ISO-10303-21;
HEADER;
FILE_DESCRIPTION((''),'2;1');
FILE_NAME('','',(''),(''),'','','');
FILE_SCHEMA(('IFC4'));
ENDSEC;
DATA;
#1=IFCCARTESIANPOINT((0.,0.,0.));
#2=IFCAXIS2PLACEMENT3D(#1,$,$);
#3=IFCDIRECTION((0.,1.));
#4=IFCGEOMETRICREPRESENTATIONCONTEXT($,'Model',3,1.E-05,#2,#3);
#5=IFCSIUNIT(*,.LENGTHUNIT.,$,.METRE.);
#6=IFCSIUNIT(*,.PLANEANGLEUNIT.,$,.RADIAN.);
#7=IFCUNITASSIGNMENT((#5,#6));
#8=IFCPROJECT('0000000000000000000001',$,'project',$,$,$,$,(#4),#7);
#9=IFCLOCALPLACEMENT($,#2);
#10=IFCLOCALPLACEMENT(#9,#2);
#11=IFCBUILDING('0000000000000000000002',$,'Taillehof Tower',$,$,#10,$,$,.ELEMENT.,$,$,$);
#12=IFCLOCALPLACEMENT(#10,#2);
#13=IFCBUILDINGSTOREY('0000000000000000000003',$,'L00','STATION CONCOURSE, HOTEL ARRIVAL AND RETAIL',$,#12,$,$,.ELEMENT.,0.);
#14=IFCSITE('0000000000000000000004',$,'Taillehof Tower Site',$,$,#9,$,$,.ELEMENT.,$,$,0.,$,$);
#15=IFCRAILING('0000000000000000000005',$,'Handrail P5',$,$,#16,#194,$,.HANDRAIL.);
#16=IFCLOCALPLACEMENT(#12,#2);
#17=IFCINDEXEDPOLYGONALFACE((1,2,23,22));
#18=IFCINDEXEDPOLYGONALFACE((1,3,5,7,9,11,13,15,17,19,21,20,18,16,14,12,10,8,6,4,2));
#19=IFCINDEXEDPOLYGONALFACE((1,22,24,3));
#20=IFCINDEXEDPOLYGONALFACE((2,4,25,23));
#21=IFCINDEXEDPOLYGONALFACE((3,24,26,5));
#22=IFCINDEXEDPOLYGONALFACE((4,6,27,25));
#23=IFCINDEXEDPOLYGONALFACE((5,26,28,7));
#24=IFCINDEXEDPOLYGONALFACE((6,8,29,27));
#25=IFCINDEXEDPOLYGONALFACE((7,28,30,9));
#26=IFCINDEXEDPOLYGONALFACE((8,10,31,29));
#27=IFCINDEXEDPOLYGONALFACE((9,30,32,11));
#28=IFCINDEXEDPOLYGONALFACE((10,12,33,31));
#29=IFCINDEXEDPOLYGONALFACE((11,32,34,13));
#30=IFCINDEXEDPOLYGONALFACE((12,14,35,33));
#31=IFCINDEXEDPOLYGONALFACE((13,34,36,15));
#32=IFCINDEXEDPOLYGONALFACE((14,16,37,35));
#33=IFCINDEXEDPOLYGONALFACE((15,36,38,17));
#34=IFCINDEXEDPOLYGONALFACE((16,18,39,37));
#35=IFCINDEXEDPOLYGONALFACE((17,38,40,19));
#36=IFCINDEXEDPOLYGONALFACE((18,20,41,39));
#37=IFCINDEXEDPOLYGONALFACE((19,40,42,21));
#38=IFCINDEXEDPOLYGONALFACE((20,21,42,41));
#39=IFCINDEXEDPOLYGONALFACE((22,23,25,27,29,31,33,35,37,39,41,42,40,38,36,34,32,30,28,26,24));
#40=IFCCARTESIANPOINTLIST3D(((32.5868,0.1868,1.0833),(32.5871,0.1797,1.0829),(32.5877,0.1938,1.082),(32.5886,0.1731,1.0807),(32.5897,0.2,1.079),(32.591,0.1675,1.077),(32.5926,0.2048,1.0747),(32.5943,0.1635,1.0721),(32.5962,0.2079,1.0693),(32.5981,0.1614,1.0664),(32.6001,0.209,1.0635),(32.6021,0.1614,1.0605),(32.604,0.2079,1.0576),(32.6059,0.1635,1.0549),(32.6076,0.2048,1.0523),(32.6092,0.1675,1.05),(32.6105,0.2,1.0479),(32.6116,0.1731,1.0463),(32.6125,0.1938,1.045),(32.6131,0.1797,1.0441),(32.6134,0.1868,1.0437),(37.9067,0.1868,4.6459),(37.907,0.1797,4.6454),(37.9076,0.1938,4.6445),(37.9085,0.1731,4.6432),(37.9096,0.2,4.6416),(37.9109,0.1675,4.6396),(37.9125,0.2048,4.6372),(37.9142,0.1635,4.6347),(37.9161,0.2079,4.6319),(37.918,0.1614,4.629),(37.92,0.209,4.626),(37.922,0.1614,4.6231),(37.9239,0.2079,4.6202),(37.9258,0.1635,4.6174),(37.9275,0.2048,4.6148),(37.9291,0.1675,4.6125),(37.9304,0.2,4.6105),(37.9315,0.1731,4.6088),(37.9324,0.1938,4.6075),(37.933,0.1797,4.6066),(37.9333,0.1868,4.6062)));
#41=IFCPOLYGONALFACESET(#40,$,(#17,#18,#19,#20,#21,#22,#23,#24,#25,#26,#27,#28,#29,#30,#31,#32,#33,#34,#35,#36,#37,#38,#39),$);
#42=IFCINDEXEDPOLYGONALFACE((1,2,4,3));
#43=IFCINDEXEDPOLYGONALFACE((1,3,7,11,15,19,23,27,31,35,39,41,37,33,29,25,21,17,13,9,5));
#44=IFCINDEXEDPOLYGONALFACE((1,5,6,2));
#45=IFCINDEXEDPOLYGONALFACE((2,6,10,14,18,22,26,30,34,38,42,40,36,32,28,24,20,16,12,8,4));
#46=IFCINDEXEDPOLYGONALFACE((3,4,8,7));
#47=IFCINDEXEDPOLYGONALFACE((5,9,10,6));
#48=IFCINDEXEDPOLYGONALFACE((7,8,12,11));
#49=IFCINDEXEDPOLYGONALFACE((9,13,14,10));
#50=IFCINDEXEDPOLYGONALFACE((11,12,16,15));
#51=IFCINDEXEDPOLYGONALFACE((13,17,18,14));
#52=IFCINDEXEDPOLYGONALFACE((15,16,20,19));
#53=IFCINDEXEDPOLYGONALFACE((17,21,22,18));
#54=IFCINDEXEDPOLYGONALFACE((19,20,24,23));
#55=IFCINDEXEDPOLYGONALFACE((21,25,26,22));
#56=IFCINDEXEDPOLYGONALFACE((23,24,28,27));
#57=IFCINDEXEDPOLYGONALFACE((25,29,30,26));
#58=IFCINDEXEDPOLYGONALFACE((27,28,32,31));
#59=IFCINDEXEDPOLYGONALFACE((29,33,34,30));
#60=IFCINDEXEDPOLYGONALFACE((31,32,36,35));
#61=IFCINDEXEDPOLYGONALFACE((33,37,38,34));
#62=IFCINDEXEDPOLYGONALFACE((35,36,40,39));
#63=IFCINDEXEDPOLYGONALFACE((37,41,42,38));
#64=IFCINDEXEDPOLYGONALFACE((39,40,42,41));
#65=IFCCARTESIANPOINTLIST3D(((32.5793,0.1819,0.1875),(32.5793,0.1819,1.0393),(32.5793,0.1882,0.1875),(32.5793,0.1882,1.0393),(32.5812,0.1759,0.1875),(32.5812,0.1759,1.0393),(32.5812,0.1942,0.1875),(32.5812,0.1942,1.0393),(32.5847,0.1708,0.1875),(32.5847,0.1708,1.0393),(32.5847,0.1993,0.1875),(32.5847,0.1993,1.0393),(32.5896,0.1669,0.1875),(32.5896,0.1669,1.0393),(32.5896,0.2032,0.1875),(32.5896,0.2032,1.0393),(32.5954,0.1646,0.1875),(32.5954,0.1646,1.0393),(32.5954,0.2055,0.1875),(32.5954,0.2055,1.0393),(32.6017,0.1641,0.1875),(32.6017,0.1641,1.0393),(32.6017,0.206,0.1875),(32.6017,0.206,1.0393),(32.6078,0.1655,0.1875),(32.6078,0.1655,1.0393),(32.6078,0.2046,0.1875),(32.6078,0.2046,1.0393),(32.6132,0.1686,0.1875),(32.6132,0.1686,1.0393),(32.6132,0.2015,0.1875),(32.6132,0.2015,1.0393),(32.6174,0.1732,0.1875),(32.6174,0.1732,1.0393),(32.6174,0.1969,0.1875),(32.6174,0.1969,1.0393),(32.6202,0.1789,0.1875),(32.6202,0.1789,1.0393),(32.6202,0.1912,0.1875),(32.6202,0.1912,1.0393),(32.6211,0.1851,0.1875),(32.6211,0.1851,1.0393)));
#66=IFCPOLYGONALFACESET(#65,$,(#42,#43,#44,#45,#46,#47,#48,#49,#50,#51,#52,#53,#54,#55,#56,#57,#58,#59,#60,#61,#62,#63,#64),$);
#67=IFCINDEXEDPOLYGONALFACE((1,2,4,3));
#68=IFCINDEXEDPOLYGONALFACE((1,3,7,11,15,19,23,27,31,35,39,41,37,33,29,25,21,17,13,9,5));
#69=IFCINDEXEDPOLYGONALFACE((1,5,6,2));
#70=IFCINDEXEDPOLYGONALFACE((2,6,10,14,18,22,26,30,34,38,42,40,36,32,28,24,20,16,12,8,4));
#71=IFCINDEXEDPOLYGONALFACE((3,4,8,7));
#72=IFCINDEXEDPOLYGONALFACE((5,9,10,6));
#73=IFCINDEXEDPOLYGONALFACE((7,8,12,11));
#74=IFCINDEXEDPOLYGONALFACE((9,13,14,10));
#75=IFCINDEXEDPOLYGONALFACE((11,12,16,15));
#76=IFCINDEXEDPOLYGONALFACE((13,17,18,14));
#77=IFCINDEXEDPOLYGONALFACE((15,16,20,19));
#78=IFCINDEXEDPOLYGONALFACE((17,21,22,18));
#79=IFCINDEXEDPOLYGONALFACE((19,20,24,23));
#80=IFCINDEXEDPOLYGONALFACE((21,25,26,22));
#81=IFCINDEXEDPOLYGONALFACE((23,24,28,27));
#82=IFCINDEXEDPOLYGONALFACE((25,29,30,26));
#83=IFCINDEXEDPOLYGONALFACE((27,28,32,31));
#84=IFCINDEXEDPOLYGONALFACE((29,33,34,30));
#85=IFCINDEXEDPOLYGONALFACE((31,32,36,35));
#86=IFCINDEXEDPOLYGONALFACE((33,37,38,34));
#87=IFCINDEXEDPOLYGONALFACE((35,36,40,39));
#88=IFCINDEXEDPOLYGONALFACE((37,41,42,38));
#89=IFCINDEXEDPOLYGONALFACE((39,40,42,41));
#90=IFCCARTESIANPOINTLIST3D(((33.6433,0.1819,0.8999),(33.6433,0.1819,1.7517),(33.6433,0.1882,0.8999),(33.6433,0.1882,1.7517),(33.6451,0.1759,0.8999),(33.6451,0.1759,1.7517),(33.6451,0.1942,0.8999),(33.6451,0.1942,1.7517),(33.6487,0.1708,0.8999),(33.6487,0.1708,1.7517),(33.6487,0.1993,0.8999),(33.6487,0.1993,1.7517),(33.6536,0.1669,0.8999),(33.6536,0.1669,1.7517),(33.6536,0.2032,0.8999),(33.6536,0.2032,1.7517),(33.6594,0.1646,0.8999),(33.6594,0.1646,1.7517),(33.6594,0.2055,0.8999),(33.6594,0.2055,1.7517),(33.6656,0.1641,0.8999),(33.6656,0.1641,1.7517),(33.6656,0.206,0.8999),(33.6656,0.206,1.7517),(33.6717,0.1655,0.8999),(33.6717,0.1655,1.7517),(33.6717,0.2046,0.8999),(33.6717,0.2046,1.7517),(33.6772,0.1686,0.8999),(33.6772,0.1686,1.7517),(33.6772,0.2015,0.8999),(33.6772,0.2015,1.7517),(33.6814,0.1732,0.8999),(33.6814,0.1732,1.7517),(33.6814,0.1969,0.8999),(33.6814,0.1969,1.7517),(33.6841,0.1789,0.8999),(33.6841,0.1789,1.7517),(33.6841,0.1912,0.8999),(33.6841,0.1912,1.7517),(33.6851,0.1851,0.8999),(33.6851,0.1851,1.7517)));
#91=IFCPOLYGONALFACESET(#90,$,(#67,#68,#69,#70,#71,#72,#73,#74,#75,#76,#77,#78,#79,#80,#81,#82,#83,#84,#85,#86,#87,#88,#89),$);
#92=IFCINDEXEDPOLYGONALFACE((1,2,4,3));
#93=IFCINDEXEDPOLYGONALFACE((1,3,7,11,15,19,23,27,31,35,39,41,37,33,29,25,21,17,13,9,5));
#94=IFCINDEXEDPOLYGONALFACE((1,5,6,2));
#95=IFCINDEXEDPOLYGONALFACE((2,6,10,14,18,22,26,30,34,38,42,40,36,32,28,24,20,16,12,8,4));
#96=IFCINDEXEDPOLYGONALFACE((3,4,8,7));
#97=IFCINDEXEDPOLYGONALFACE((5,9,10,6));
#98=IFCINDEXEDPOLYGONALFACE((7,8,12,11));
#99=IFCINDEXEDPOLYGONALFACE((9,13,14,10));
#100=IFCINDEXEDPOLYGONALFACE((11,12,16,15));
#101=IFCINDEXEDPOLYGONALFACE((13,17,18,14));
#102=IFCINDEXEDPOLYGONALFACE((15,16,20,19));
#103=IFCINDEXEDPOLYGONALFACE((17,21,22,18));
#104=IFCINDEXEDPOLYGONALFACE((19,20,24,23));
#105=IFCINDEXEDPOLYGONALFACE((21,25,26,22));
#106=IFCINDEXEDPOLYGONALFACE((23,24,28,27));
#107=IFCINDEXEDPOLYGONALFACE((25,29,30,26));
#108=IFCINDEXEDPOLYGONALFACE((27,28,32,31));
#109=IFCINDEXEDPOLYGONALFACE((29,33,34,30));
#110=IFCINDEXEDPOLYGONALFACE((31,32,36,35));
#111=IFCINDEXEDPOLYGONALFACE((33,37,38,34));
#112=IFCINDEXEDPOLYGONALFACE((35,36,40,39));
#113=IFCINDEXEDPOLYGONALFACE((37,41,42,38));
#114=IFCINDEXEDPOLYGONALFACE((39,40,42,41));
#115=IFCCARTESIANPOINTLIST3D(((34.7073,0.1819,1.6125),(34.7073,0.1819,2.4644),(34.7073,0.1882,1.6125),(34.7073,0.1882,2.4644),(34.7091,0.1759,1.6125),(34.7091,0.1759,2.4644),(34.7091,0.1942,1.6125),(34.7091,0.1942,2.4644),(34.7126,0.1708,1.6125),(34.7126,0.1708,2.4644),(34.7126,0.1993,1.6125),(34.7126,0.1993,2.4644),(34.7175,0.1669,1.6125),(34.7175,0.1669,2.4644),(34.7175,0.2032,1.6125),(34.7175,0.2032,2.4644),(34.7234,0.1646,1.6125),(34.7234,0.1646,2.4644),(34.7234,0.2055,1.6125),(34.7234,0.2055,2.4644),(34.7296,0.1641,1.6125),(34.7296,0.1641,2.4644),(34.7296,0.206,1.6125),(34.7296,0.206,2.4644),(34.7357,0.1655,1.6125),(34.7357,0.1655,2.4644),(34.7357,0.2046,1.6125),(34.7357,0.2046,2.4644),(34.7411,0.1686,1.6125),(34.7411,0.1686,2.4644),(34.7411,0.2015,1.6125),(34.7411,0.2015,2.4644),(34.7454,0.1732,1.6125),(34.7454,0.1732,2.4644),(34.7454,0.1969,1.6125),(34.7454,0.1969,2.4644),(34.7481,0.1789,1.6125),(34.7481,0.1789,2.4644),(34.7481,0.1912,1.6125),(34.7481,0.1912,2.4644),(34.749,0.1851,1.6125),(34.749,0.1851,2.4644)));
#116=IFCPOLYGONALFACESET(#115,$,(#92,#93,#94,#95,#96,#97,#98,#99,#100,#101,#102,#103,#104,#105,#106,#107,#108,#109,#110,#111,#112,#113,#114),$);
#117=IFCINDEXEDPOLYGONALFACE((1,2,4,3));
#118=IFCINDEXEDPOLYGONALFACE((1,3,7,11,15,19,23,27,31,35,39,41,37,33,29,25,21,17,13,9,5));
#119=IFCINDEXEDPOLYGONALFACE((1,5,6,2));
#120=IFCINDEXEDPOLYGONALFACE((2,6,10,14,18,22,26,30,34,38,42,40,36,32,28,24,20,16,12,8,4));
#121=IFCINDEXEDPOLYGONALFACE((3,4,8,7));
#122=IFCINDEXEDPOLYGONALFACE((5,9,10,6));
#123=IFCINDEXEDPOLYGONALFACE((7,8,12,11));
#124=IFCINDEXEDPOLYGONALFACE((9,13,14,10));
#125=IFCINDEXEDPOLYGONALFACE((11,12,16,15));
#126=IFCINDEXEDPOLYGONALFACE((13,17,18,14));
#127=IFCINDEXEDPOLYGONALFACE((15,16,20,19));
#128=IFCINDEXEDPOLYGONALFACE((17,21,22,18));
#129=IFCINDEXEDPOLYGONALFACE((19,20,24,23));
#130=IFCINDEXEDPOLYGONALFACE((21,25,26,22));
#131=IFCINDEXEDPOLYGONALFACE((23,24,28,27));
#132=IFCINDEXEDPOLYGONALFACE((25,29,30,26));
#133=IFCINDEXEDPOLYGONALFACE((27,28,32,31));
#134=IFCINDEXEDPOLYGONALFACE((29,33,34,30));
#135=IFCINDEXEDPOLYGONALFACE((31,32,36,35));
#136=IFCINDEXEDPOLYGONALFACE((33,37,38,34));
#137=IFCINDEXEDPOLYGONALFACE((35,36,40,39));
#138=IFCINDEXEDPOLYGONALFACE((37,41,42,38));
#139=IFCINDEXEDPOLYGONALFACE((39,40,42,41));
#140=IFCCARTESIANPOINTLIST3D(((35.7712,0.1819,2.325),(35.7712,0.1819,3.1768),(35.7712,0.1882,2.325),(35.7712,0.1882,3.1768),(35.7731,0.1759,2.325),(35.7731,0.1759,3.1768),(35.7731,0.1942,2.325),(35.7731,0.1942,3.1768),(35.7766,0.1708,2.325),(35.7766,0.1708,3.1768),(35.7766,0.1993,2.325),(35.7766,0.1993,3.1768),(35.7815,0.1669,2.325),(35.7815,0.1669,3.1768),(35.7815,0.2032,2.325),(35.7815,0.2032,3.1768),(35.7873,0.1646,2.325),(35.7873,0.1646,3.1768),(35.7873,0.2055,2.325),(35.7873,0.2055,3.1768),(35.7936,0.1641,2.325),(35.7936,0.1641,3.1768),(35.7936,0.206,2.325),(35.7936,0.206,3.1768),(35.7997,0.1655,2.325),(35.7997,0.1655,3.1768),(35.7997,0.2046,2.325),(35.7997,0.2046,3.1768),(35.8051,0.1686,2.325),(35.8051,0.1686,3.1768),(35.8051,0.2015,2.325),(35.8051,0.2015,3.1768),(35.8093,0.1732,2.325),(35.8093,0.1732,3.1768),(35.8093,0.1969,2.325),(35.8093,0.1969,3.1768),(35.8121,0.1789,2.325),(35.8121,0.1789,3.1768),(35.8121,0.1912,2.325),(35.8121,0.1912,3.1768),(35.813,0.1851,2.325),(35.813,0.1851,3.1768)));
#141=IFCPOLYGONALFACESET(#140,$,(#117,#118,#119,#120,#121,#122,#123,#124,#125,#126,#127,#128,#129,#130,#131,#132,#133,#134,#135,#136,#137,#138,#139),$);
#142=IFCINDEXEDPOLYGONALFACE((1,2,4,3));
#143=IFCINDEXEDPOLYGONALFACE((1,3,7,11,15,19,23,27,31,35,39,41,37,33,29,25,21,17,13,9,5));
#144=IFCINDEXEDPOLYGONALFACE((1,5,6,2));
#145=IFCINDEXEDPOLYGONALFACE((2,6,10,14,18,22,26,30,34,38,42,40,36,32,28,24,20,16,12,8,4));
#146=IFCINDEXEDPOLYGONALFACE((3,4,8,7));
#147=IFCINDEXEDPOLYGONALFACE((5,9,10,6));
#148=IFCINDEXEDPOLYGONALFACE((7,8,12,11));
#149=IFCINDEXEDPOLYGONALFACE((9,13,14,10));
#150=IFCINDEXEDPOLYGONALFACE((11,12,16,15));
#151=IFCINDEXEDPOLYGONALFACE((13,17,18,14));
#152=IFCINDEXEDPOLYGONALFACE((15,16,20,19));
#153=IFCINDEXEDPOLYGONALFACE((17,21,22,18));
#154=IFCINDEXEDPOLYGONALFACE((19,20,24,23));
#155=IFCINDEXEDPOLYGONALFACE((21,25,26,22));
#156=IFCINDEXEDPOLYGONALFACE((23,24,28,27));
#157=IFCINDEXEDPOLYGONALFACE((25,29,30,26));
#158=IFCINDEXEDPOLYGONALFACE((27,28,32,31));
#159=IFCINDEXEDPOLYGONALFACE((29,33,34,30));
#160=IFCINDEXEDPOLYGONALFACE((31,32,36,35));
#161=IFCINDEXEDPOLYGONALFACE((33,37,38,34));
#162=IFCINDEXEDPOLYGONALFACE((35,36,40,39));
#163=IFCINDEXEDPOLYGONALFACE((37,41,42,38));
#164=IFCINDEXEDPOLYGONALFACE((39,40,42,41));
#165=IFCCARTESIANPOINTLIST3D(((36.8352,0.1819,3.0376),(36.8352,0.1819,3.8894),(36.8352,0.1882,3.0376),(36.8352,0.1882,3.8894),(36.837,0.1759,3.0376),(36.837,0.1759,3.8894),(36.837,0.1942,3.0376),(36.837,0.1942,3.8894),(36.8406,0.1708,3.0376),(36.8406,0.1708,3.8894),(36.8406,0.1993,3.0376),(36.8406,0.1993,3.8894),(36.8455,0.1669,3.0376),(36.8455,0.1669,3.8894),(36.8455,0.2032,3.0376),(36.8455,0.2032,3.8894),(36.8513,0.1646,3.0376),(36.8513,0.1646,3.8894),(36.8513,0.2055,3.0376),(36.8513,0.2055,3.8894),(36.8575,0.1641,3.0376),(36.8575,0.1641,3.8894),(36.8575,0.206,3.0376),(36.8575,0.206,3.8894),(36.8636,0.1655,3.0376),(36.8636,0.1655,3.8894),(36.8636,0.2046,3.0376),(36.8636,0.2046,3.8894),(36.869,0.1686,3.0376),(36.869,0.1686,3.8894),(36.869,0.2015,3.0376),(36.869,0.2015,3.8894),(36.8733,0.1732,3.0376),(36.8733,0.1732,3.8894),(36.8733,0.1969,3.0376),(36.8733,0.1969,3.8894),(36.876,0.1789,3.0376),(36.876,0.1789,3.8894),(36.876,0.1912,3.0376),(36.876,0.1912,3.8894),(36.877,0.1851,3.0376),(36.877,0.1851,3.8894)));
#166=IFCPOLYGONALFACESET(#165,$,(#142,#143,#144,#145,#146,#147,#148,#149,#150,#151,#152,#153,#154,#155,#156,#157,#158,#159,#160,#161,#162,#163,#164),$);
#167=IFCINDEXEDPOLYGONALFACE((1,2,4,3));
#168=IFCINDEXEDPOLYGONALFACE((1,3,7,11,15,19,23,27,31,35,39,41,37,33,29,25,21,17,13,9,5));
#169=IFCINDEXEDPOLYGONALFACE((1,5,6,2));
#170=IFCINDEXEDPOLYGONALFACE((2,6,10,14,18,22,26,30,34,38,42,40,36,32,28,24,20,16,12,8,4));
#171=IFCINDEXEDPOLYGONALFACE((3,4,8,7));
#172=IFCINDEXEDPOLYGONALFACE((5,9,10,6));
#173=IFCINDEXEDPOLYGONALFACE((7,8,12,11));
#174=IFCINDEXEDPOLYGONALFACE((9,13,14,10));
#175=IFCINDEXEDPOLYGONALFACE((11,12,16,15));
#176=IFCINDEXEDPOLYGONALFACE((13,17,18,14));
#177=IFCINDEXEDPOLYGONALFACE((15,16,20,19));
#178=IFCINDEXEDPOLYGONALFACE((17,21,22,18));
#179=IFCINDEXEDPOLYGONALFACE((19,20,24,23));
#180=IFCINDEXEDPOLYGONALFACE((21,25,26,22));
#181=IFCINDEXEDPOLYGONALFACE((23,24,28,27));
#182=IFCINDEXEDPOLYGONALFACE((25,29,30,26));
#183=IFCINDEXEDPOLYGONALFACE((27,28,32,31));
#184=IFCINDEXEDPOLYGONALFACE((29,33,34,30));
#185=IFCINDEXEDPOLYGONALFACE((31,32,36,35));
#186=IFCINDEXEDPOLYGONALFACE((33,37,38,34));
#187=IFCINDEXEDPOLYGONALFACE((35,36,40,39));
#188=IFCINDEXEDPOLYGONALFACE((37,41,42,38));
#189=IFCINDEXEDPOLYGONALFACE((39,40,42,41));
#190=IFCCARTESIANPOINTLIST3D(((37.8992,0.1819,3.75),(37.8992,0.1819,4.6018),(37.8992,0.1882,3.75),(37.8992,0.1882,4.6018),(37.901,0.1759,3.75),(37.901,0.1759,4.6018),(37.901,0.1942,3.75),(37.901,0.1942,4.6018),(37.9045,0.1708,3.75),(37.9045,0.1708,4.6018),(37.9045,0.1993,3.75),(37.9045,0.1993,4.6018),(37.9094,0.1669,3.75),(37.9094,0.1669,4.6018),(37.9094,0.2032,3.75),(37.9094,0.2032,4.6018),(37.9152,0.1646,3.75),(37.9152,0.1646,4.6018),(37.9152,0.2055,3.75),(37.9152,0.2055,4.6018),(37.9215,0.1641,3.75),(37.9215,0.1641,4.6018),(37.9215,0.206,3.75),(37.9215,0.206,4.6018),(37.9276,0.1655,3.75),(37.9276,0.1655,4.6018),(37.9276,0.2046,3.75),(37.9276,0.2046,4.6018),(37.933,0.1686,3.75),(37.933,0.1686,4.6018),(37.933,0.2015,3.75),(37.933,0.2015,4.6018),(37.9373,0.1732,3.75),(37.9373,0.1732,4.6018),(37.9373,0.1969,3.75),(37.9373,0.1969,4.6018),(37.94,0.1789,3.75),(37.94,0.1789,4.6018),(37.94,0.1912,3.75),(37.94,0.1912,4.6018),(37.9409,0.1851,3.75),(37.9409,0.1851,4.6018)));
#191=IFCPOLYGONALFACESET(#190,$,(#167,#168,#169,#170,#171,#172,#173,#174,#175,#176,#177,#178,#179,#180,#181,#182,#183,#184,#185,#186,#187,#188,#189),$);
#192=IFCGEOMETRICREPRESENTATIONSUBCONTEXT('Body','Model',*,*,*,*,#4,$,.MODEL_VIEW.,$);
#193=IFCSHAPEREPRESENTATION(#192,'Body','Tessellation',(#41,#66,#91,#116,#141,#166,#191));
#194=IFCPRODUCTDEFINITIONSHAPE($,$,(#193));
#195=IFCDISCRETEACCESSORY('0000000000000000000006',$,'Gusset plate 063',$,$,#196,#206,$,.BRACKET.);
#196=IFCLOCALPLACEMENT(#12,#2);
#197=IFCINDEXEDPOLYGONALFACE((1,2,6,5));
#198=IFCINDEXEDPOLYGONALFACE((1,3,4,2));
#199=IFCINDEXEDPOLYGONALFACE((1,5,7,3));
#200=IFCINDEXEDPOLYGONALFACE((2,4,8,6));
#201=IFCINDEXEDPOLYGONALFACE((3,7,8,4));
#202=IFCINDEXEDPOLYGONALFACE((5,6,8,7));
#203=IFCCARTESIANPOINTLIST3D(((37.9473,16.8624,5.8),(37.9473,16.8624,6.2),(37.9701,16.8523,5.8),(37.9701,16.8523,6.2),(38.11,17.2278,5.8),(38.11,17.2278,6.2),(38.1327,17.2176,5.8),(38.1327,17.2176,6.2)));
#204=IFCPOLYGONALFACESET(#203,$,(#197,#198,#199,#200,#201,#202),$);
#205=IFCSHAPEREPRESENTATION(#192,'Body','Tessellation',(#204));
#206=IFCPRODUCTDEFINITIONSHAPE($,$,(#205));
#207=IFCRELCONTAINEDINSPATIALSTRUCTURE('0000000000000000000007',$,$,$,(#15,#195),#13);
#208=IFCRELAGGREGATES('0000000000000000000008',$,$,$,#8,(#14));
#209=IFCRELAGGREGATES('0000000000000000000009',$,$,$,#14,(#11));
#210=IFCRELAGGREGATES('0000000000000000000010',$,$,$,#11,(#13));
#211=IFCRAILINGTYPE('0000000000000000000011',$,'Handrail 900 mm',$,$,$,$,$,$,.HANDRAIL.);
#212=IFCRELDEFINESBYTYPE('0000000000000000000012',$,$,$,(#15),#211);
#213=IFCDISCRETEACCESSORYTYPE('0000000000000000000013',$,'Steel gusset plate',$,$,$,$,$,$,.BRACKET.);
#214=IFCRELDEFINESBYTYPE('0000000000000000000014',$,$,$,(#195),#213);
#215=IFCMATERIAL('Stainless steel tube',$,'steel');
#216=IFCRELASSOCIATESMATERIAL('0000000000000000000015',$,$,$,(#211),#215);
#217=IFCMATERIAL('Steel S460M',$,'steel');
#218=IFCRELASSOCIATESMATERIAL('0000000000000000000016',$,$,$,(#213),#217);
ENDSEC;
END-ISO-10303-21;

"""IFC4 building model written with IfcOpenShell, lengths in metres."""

from ifc_helpers import new_model, si_unit, direction, frame, origin, origin_2d, place, context, subcontext, project, spatial, rectangle, circle, extrude, material, type_object, element, save


model = new_model("IFC4")

# Units and contexts
model_context = context("Model", 3, precision=1e-05, world=origin(), true_north=direction((0.0, 1.0)))
body_context = subcontext(model_context, "Body", "Model", "MODEL_VIEW")
ifc_project = project(units=[si_unit("LENGTHUNIT", "METRE"), si_unit("PLANEANGLEUNIT", "RADIAN")], contexts=[model_context])

# Site, building, storey
site_placement = place(None, origin())
site = spatial("IfcSite", under=ifc_project, at=site_placement, Name="Taillehof Tower Site", CompositionType="ELEMENT", RefElevation=0.0)
building_placement = place(site_placement, origin())
building = spatial("IfcBuilding", under=site, at=building_placement, Name="Taillehof Tower", CompositionType="ELEMENT")
storey_placement = place(building_placement, origin())
storey = spatial("IfcBuildingStorey", under=building, at=storey_placement, Name="L00", Description="STATION CONCOURSE, HOTEL ARRIVAL AND RETAIL", CompositionType="ELEMENT", Elevation=0.0)

# Railing
ifc_material_1 = material(Name="Stainless steel tube", Category="steel")
railing_type = type_object("IfcRailingType", Name="Handrail 900 mm", PredefinedType="HANDRAIL", material=ifc_material_1)
for number, where, name in (
    (1, (32.6001, 0.1851, 0.1875), "Handrail P5"),
):
    element("IfcRailing", number, at=place(storey_placement, frame(where)), inside=storey, type_object=railing_type, Name=name, PredefinedType="HANDRAIL", context=body_context, shape_type="SweptSolid", body=[
        extrude(circle(Radius=0.0239, at=origin_2d()), frame((0.0, 0.0, 0.876), z_axis=(0.830899, 0.0, 0.556424), x_axis=(0.0, 1.0, 0.0)), (0.0, 0.0, 1.0), 6.4026),
        extrude(circle(Radius=0.021, at=origin_2d()), origin(), (0.0, 0.0, 1.0), 0.8518),
        extrude(circle(Radius=0.021, at=origin_2d()), frame((1.064, 0.0, 0.7124)), (0.0, 0.0, 1.0), 0.8518),
        extrude(circle(Radius=0.021, at=origin_2d()), frame((2.1279, 0.0, 1.425)), (0.0, 0.0, 1.0), 0.8518),
        extrude(circle(Radius=0.021, at=origin_2d()), frame((3.1919, 0.0, 2.1375)), (0.0, 0.0, 1.0), 0.8518),
        extrude(circle(Radius=0.021, at=origin_2d()), frame((4.2559, 0.0, 2.8501)), (0.0, 0.0, 1.0), 0.8518),
        extrude(circle(Radius=0.021, at=origin_2d()), frame((5.3198, 0.0, 3.5625)), (0.0, 0.0, 1.0), 0.8518),
    ])

# Discrete accessory
ifc_material_2 = material(Name="Steel S460M", Category="steel")
discrete_accessory_type = type_object("IfcDiscreteAccessoryType", Name="Steel gusset plate", PredefinedType="BRACKET", material=ifc_material_2)
discrete_accessory_placement = place(storey_placement, frame((38.04, 17.04, 5.8), z_axis=(0.0, 0.0, 1.0), x_axis=(-0.406759, -0.913536, 0.0)))
element("IfcDiscreteAccessory", 2, at=discrete_accessory_placement, inside=storey, type_object=discrete_accessory_type, Name="Gusset plate 063", PredefinedType="BRACKET", context=body_context, shape_type="SweptSolid", body=[
    extrude(rectangle(XDim=0.3999, YDim=0.0249, at=origin_2d()), origin(), (0.0, 0.0, 1.0), 0.3999),
])

save(model, "model.ifc")
